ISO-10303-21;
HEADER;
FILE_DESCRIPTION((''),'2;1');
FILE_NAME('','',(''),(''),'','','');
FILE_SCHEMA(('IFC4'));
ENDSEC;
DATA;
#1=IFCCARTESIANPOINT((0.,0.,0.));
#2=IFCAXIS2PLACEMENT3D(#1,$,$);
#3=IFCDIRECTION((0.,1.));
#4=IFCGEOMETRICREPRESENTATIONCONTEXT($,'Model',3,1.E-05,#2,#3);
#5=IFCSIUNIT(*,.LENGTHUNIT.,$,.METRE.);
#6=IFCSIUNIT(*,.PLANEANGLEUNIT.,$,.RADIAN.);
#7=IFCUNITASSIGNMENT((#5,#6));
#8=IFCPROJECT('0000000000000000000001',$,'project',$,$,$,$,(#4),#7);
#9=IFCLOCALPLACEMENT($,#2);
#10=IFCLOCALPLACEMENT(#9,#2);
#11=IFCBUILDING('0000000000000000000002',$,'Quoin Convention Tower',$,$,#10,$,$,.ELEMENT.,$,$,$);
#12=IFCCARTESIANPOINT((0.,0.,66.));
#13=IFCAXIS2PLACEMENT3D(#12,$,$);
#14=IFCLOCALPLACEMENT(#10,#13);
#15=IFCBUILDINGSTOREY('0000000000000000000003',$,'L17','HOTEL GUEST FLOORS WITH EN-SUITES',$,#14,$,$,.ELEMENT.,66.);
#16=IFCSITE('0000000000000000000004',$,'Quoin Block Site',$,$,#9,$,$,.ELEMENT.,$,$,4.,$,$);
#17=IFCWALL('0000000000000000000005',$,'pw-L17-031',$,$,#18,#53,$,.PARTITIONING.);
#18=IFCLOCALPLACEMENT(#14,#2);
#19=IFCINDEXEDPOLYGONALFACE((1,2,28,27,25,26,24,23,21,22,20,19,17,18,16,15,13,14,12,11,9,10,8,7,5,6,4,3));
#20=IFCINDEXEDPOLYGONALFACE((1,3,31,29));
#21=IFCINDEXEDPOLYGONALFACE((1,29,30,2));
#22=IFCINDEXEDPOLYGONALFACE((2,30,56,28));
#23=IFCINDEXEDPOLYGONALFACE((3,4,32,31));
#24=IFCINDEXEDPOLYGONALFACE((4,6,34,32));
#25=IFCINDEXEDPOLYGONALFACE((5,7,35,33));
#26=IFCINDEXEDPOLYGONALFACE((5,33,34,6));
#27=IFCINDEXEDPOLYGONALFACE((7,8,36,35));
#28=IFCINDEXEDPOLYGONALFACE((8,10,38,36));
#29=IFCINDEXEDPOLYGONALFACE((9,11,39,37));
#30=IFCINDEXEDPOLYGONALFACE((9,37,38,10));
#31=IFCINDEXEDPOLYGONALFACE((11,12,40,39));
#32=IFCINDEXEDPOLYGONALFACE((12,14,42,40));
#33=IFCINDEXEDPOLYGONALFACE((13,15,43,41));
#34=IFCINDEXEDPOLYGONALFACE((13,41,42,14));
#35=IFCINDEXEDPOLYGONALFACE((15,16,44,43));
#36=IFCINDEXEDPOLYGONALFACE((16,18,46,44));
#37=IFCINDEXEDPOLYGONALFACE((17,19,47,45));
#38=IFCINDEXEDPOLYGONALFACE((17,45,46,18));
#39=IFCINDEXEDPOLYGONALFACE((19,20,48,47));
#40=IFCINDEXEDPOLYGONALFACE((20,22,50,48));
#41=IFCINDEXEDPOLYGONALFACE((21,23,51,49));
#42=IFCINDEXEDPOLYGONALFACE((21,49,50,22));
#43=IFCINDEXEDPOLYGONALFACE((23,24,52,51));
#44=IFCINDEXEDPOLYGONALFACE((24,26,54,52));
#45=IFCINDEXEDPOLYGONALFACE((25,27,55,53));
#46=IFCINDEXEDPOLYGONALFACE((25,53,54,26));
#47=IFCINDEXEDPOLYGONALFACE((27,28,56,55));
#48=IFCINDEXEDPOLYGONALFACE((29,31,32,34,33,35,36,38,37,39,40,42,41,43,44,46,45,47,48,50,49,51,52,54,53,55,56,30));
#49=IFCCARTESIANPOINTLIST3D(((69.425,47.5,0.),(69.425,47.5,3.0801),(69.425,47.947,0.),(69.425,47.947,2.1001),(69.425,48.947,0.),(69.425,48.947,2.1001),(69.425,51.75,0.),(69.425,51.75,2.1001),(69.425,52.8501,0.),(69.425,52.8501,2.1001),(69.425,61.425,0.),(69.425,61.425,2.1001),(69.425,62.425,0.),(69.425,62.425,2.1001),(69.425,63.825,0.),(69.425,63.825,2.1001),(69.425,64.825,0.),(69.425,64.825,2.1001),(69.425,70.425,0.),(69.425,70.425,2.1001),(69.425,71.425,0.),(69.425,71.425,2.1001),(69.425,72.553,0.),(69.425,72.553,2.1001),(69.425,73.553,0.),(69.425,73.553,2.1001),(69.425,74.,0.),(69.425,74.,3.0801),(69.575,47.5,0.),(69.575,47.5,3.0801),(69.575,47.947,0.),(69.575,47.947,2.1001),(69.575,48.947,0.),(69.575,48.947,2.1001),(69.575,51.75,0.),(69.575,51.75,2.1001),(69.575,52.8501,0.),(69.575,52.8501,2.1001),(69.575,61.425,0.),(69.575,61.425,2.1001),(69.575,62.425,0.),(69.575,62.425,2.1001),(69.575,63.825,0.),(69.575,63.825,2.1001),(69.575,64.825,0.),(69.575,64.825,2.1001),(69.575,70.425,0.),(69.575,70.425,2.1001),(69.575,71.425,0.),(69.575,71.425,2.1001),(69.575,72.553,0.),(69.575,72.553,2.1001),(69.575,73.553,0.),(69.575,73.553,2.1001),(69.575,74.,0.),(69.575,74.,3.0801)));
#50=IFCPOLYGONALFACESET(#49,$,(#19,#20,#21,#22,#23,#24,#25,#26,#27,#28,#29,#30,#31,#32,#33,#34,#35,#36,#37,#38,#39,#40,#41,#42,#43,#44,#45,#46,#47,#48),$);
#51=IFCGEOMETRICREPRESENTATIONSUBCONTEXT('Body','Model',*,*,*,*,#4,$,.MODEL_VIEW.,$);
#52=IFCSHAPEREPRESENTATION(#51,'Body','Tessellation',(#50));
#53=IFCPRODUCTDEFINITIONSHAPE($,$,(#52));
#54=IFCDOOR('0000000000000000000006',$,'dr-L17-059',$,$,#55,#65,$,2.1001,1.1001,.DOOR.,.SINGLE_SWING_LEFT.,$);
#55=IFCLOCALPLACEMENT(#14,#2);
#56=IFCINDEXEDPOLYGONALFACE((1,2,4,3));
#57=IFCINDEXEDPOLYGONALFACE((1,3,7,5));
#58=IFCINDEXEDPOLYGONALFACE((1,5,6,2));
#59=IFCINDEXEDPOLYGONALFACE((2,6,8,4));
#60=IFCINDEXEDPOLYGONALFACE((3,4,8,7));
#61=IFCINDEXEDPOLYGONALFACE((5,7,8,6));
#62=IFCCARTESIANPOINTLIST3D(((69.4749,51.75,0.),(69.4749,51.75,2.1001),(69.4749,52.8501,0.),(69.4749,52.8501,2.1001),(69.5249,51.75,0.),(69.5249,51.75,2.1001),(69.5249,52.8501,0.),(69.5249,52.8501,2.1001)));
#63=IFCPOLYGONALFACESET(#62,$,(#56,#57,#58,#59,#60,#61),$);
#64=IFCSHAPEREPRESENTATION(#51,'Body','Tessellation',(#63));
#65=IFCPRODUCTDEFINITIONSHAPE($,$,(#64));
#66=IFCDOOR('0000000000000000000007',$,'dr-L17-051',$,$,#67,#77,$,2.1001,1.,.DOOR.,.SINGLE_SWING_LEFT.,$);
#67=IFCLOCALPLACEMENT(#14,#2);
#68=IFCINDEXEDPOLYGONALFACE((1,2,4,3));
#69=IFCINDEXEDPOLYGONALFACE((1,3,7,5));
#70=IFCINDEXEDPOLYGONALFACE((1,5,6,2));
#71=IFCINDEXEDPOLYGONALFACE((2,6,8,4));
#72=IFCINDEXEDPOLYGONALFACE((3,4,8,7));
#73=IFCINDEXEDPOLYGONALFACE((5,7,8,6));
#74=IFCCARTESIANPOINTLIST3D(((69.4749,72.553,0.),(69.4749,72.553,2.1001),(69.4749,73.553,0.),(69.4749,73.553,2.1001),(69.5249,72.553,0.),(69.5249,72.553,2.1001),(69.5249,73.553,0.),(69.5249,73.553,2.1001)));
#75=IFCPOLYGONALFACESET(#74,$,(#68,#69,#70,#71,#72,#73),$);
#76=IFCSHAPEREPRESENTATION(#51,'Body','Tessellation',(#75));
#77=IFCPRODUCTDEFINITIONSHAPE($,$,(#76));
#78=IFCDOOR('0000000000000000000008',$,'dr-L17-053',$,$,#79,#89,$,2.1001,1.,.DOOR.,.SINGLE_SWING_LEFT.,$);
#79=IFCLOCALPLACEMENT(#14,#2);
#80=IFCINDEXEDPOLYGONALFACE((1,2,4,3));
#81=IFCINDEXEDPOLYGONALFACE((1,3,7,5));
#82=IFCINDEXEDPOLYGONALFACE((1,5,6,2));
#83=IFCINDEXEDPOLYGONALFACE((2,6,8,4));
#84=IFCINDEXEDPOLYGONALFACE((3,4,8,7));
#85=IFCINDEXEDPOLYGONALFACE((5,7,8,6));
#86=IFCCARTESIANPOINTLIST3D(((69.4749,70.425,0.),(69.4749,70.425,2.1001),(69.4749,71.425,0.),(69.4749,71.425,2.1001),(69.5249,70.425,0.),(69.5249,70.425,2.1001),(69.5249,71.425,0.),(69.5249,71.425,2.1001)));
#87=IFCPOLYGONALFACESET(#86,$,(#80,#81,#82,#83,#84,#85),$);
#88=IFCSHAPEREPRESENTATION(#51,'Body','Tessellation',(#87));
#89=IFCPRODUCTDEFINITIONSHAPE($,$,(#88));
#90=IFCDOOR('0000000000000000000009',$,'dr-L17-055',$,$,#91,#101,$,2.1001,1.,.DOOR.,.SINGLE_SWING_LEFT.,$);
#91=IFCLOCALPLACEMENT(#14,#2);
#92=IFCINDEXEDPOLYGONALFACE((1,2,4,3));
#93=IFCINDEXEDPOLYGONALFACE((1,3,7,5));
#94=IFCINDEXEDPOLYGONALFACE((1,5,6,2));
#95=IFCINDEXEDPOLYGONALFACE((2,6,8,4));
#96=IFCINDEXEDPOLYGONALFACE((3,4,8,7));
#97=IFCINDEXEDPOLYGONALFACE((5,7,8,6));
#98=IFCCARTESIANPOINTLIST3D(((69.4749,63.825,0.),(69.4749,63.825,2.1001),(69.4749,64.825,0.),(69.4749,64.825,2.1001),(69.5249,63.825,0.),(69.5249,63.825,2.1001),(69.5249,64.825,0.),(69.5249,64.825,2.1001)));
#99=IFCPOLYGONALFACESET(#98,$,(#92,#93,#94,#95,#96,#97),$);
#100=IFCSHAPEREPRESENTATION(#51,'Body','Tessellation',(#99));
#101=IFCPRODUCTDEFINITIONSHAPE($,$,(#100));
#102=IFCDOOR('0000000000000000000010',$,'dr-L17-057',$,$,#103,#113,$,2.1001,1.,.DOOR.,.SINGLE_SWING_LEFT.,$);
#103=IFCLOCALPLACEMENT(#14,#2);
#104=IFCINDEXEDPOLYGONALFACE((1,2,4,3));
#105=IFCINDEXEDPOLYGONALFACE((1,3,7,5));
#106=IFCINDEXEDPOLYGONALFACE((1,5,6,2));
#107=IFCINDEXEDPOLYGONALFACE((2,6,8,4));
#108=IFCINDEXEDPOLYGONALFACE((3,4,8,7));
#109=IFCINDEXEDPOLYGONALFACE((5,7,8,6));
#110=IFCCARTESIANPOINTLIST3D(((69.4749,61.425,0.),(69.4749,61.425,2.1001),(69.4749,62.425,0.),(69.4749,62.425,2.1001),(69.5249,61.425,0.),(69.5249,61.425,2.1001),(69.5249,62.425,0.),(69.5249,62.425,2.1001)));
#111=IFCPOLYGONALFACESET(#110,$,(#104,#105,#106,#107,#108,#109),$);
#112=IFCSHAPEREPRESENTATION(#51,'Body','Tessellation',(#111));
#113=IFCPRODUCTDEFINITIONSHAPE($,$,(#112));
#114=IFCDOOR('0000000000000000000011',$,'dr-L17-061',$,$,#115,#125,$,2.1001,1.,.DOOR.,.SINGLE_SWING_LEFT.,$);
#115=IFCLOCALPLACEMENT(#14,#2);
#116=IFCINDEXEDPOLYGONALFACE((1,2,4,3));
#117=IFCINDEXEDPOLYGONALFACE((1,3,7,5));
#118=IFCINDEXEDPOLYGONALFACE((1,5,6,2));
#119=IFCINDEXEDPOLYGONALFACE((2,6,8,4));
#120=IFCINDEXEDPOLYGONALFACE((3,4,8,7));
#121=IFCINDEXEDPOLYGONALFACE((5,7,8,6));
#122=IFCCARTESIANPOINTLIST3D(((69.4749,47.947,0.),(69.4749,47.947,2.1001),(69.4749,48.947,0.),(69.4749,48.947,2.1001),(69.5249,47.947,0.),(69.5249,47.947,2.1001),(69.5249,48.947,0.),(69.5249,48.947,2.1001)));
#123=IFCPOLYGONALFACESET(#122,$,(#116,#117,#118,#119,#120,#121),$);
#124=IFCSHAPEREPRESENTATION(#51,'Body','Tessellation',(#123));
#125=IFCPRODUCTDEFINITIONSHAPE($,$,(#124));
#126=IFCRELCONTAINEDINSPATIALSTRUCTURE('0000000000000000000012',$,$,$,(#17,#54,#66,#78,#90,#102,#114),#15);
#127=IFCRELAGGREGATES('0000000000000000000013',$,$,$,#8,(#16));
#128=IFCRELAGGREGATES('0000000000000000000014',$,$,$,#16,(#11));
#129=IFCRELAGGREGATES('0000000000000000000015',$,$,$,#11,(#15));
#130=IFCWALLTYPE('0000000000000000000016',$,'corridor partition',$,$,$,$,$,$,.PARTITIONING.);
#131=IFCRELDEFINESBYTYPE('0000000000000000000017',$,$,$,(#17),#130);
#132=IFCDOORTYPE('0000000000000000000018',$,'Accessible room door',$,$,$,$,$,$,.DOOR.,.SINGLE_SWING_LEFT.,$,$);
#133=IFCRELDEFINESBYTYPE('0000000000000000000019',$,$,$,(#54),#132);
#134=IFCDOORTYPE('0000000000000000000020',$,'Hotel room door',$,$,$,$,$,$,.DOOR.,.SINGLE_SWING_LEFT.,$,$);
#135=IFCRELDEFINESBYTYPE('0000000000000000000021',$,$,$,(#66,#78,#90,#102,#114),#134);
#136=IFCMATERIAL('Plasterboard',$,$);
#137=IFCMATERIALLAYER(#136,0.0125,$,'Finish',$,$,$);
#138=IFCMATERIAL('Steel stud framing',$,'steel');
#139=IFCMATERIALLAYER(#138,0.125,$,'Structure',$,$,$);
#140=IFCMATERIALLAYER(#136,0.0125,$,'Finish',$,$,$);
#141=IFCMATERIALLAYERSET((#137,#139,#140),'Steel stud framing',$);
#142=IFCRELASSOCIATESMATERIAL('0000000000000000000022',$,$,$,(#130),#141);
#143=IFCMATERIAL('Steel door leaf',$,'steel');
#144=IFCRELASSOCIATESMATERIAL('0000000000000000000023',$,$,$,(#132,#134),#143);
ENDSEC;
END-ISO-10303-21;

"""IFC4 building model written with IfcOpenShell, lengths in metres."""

from ifc_helpers import new_model, si_unit, direction, frame, frame_2d, origin, place, context, subcontext, project, spatial, rectangle, extrude, material, layer, layer_set, type_object, element, fill, save


model = new_model("IFC4")

# Units and contexts
model_context = context("Model", 3, precision=1e-05, world=origin(), true_north=direction((0.0, 1.0)))
body_context = subcontext(model_context, "Body", "Model", "MODEL_VIEW")
ifc_project = project(units=[si_unit("LENGTHUNIT", "METRE"), si_unit("PLANEANGLEUNIT", "RADIAN")], contexts=[model_context])

# Site, building, storey
site_placement = place(None, origin())
site = spatial("IfcSite", under=ifc_project, at=site_placement, Name="Quoin Block Site", CompositionType="ELEMENT", RefElevation=4.0)
building_placement = place(site_placement, origin())
building = spatial("IfcBuilding", under=site, at=building_placement, Name="Quoin Convention Tower", CompositionType="ELEMENT")
storey_placement = place(building_placement, frame((0.0, 0.0, 66.0)))
storey = spatial("IfcBuildingStorey", under=building, at=storey_placement, Name="L17", Description="HOTEL GUEST FLOORS WITH EN-SUITES", CompositionType="ELEMENT", Elevation=66.0)

# Shared definitions
ifc_material_1 = material(Name="Plasterboard")
ifc_material_2 = material(Name="Steel stud framing", Category="steel")

# Shared definitions
ifc_material_3 = material(Name="Steel door leaf", Category="steel")

# Wall, openings, doors
ifc_layer_1 = layer(ifc_material_1, 0.0125, Name="Finish")
ifc_layer_2 = layer(ifc_material_2, 0.125, Name="Structure")
ifc_layer_3 = layer(ifc_material_1, 0.0125, Name="Finish")
ifc_layer_set_1 = layer_set([ifc_layer_1, ifc_layer_2, ifc_layer_3], Name="Steel stud framing")
wall_type_1 = type_object("IfcWallType", Name="corridor partition", PredefinedType="PARTITIONING", material=ifc_layer_set_1)
wall_1_placement = place(storey_placement, frame((69.5, 47.5, 0.0), z_axis=(0.0, 0.0, 1.0), x_axis=(0.0, 1.0, 0.0)))
wall_1 = element("IfcWall", 1, at=wall_1_placement, inside=storey, type_object=wall_type_1, Name="pw-L17-031", PredefinedType="PARTITIONING", context=body_context, shape_type="SweptSolid", body=[
    extrude(rectangle(XDim=26.5, YDim=0.1499, at=frame_2d((13.25, 0.0))), origin(), (0.0, 0.0, 1.0), 3.0801),
])
opening_1_placement = place(wall_1_placement, frame((25.053, 0.0, 0.0)))
opening_1 = element("IfcOpeningElement", 2, at=opening_1_placement, cuts=wall_1, PredefinedType="OPENING", context=body_context, shape_type="SweptSolid", body=[
    extrude(rectangle(XDim=1.0, YDim=2.1001, at=frame_2d((0.5, 1.05))), frame((0.0, 0.085, 0.0), z_axis=(0.0, -1.0, 0.0), x_axis=(1.0, 0.0, 0.0)), (0.0, 0.0, 1.0), 0.1699),
])
opening_2_placement = place(wall_1_placement, frame((22.925, 0.0, 0.0)))
opening_2 = element("IfcOpeningElement", 3, at=opening_2_placement, cuts=wall_1, PredefinedType="OPENING", context=body_context, shape_type="SweptSolid", body=[
    extrude(rectangle(XDim=1.0, YDim=2.1001, at=frame_2d((0.5, 1.05))), frame((0.0, 0.085, 0.0), z_axis=(0.0, -1.0, 0.0), x_axis=(1.0, 0.0, 0.0)), (0.0, 0.0, 1.0), 0.1699),
])
opening_3_placement = place(wall_1_placement, frame((16.325, 0.0, 0.0)))
opening_3 = element("IfcOpeningElement", 4, at=opening_3_placement, cuts=wall_1, PredefinedType="OPENING", context=body_context, shape_type="SweptSolid", body=[
    extrude(rectangle(XDim=1.0, YDim=2.1001, at=frame_2d((0.5, 1.05))), frame((0.0, 0.085, 0.0), z_axis=(0.0, -1.0, 0.0), x_axis=(1.0, 0.0, 0.0)), (0.0, 0.0, 1.0), 0.1699),
])
opening_4_placement = place(wall_1_placement, frame((13.925, 0.0, 0.0)))
opening_4 = element("IfcOpeningElement", 5, at=opening_4_placement, cuts=wall_1, PredefinedType="OPENING", context=body_context, shape_type="SweptSolid", body=[
    extrude(rectangle(XDim=1.0, YDim=2.1001, at=frame_2d((0.5, 1.05))), frame((0.0, 0.085, 0.0), z_axis=(0.0, -1.0, 0.0), x_axis=(1.0, 0.0, 0.0)), (0.0, 0.0, 1.0), 0.1699),
])
opening_5_placement = place(wall_1_placement, frame((4.25, 0.0, 0.0)))
opening_5 = element("IfcOpeningElement", 6, at=opening_5_placement, cuts=wall_1, PredefinedType="OPENING", context=body_context, shape_type="SweptSolid", body=[
    extrude(rectangle(XDim=1.1001, YDim=2.1001, at=frame_2d((0.55, 1.05))), frame((0.0, 0.085, 0.0), z_axis=(0.0, -1.0, 0.0), x_axis=(1.0, 0.0, 0.0)), (0.0, 0.0, 1.0), 0.1699),
])
opening_6_placement = place(wall_1_placement, frame((0.447, 0.0, 0.0)))
opening_6 = element("IfcOpeningElement", 7, at=opening_6_placement, cuts=wall_1, PredefinedType="OPENING", context=body_context, shape_type="SweptSolid", body=[
    extrude(rectangle(XDim=1.0, YDim=2.1001, at=frame_2d((0.5, 1.05))), frame((0.0, 0.085, 0.0), z_axis=(0.0, -1.0, 0.0), x_axis=(1.0, 0.0, 0.0)), (0.0, 0.0, 1.0), 0.1699),
])
door_type_1 = type_object("IfcDoorType", Name="Accessible room door", OperationType="SINGLE_SWING_LEFT", PredefinedType="DOOR", material=ifc_material_3)
door_1_placement = place(opening_5_placement, frame((1.1001, 0.0, 0.0), z_axis=(0.0, 0.0, 1.0), x_axis=(-1.0, 0.0, 0.0)))
door_1 = element("IfcDoor", 8, at=door_1_placement, inside=storey, type_object=door_type_1, Name="dr-L17-059", OperationType="SINGLE_SWING_LEFT", OverallHeight=2.1001, OverallWidth=1.1001, PredefinedType="DOOR", context=body_context, shape_type="SweptSolid", body=[
    extrude(rectangle(XDim=1.1001, YDim=2.1001, at=frame_2d((0.55, 1.05))), frame((0.0, 0.0249, 0.0), z_axis=(0.0, -1.0, 0.0), x_axis=(1.0, 0.0, 0.0)), (0.0, 0.0, 1.0), 0.05),
])
fill(opening_5, door_1)
door_type_2 = type_object("IfcDoorType", Name="Hotel room door", OperationType="SINGLE_SWING_LEFT", PredefinedType="DOOR", material=ifc_material_3)
door_2_placement = place(opening_1_placement, frame((1.0, 0.0, 0.0), z_axis=(0.0, 0.0, 1.0), x_axis=(-1.0, 0.0, 0.0)))
door_2 = element("IfcDoor", 9, at=door_2_placement, inside=storey, type_object=door_type_2, Name="dr-L17-051", OperationType="SINGLE_SWING_LEFT", OverallHeight=2.1001, OverallWidth=1.0, PredefinedType="DOOR", context=body_context, shape_type="SweptSolid", body=[
    extrude(rectangle(XDim=1.0, YDim=2.1001, at=frame_2d((0.5, 1.05))), frame((0.0, 0.0249, 0.0), z_axis=(0.0, -1.0, 0.0), x_axis=(1.0, 0.0, 0.0)), (0.0, 0.0, 1.0), 0.05),
])
fill(opening_1, door_2)
door_3_placement = place(opening_2_placement, frame((1.0, 0.0, 0.0), z_axis=(0.0, 0.0, 1.0), x_axis=(-1.0, 0.0, 0.0)))
door_3 = element("IfcDoor", 10, at=door_3_placement, inside=storey, type_object=door_type_2, Name="dr-L17-053", OperationType="SINGLE_SWING_LEFT", OverallHeight=2.1001, OverallWidth=1.0, PredefinedType="DOOR", context=body_context, shape_type="SweptSolid", body=[
    extrude(rectangle(XDim=1.0, YDim=2.1001, at=frame_2d((0.5, 1.05))), frame((0.0, 0.0249, 0.0), z_axis=(0.0, -1.0, 0.0), x_axis=(1.0, 0.0, 0.0)), (0.0, 0.0, 1.0), 0.05),
])
fill(opening_2, door_3)
door_4_placement = place(opening_3_placement, frame((1.0, 0.0, 0.0), z_axis=(0.0, 0.0, 1.0), x_axis=(-1.0, 0.0, 0.0)))
door_4 = element("IfcDoor", 11, at=door_4_placement, inside=storey, type_object=door_type_2, Name="dr-L17-055", OperationType="SINGLE_SWING_LEFT", OverallHeight=2.1001, OverallWidth=1.0, PredefinedType="DOOR", context=body_context, shape_type="SweptSolid", body=[
    extrude(rectangle(XDim=1.0, YDim=2.1001, at=frame_2d((0.5, 1.05))), frame((0.0, 0.0249, 0.0), z_axis=(0.0, -1.0, 0.0), x_axis=(1.0, 0.0, 0.0)), (0.0, 0.0, 1.0), 0.05),
])
fill(opening_3, door_4)
door_5_placement = place(opening_4_placement, frame((1.0, 0.0, 0.0), z_axis=(0.0, 0.0, 1.0), x_axis=(-1.0, 0.0, 0.0)))
door_5 = element("IfcDoor", 12, at=door_5_placement, inside=storey, type_object=door_type_2, Name="dr-L17-057", OperationType="SINGLE_SWING_LEFT", OverallHeight=2.1001, OverallWidth=1.0, PredefinedType="DOOR", context=body_context, shape_type="SweptSolid", body=[
    extrude(rectangle(XDim=1.0, YDim=2.1001, at=frame_2d((0.5, 1.05))), frame((0.0, 0.0249, 0.0), z_axis=(0.0, -1.0, 0.0), x_axis=(1.0, 0.0, 0.0)), (0.0, 0.0, 1.0), 0.05),
])
fill(opening_4, door_5)
door_6_placement = place(opening_6_placement, frame((1.0, 0.0, 0.0), z_axis=(0.0, 0.0, 1.0), x_axis=(-1.0, 0.0, 0.0)))
door_6 = element("IfcDoor", 13, at=door_6_placement, inside=storey, type_object=door_type_2, Name="dr-L17-061", OperationType="SINGLE_SWING_LEFT", OverallHeight=2.1001, OverallWidth=1.0, PredefinedType="DOOR", context=body_context, shape_type="SweptSolid", body=[
    extrude(rectangle(XDim=1.0, YDim=2.1001, at=frame_2d((0.5, 1.05))), frame((0.0, 0.0249, 0.0), z_axis=(0.0, -1.0, 0.0), x_axis=(1.0, 0.0, 0.0)), (0.0, 0.0, 1.0), 0.05),
])
fill(opening_6, door_6)

save(model, "model.ifc")
